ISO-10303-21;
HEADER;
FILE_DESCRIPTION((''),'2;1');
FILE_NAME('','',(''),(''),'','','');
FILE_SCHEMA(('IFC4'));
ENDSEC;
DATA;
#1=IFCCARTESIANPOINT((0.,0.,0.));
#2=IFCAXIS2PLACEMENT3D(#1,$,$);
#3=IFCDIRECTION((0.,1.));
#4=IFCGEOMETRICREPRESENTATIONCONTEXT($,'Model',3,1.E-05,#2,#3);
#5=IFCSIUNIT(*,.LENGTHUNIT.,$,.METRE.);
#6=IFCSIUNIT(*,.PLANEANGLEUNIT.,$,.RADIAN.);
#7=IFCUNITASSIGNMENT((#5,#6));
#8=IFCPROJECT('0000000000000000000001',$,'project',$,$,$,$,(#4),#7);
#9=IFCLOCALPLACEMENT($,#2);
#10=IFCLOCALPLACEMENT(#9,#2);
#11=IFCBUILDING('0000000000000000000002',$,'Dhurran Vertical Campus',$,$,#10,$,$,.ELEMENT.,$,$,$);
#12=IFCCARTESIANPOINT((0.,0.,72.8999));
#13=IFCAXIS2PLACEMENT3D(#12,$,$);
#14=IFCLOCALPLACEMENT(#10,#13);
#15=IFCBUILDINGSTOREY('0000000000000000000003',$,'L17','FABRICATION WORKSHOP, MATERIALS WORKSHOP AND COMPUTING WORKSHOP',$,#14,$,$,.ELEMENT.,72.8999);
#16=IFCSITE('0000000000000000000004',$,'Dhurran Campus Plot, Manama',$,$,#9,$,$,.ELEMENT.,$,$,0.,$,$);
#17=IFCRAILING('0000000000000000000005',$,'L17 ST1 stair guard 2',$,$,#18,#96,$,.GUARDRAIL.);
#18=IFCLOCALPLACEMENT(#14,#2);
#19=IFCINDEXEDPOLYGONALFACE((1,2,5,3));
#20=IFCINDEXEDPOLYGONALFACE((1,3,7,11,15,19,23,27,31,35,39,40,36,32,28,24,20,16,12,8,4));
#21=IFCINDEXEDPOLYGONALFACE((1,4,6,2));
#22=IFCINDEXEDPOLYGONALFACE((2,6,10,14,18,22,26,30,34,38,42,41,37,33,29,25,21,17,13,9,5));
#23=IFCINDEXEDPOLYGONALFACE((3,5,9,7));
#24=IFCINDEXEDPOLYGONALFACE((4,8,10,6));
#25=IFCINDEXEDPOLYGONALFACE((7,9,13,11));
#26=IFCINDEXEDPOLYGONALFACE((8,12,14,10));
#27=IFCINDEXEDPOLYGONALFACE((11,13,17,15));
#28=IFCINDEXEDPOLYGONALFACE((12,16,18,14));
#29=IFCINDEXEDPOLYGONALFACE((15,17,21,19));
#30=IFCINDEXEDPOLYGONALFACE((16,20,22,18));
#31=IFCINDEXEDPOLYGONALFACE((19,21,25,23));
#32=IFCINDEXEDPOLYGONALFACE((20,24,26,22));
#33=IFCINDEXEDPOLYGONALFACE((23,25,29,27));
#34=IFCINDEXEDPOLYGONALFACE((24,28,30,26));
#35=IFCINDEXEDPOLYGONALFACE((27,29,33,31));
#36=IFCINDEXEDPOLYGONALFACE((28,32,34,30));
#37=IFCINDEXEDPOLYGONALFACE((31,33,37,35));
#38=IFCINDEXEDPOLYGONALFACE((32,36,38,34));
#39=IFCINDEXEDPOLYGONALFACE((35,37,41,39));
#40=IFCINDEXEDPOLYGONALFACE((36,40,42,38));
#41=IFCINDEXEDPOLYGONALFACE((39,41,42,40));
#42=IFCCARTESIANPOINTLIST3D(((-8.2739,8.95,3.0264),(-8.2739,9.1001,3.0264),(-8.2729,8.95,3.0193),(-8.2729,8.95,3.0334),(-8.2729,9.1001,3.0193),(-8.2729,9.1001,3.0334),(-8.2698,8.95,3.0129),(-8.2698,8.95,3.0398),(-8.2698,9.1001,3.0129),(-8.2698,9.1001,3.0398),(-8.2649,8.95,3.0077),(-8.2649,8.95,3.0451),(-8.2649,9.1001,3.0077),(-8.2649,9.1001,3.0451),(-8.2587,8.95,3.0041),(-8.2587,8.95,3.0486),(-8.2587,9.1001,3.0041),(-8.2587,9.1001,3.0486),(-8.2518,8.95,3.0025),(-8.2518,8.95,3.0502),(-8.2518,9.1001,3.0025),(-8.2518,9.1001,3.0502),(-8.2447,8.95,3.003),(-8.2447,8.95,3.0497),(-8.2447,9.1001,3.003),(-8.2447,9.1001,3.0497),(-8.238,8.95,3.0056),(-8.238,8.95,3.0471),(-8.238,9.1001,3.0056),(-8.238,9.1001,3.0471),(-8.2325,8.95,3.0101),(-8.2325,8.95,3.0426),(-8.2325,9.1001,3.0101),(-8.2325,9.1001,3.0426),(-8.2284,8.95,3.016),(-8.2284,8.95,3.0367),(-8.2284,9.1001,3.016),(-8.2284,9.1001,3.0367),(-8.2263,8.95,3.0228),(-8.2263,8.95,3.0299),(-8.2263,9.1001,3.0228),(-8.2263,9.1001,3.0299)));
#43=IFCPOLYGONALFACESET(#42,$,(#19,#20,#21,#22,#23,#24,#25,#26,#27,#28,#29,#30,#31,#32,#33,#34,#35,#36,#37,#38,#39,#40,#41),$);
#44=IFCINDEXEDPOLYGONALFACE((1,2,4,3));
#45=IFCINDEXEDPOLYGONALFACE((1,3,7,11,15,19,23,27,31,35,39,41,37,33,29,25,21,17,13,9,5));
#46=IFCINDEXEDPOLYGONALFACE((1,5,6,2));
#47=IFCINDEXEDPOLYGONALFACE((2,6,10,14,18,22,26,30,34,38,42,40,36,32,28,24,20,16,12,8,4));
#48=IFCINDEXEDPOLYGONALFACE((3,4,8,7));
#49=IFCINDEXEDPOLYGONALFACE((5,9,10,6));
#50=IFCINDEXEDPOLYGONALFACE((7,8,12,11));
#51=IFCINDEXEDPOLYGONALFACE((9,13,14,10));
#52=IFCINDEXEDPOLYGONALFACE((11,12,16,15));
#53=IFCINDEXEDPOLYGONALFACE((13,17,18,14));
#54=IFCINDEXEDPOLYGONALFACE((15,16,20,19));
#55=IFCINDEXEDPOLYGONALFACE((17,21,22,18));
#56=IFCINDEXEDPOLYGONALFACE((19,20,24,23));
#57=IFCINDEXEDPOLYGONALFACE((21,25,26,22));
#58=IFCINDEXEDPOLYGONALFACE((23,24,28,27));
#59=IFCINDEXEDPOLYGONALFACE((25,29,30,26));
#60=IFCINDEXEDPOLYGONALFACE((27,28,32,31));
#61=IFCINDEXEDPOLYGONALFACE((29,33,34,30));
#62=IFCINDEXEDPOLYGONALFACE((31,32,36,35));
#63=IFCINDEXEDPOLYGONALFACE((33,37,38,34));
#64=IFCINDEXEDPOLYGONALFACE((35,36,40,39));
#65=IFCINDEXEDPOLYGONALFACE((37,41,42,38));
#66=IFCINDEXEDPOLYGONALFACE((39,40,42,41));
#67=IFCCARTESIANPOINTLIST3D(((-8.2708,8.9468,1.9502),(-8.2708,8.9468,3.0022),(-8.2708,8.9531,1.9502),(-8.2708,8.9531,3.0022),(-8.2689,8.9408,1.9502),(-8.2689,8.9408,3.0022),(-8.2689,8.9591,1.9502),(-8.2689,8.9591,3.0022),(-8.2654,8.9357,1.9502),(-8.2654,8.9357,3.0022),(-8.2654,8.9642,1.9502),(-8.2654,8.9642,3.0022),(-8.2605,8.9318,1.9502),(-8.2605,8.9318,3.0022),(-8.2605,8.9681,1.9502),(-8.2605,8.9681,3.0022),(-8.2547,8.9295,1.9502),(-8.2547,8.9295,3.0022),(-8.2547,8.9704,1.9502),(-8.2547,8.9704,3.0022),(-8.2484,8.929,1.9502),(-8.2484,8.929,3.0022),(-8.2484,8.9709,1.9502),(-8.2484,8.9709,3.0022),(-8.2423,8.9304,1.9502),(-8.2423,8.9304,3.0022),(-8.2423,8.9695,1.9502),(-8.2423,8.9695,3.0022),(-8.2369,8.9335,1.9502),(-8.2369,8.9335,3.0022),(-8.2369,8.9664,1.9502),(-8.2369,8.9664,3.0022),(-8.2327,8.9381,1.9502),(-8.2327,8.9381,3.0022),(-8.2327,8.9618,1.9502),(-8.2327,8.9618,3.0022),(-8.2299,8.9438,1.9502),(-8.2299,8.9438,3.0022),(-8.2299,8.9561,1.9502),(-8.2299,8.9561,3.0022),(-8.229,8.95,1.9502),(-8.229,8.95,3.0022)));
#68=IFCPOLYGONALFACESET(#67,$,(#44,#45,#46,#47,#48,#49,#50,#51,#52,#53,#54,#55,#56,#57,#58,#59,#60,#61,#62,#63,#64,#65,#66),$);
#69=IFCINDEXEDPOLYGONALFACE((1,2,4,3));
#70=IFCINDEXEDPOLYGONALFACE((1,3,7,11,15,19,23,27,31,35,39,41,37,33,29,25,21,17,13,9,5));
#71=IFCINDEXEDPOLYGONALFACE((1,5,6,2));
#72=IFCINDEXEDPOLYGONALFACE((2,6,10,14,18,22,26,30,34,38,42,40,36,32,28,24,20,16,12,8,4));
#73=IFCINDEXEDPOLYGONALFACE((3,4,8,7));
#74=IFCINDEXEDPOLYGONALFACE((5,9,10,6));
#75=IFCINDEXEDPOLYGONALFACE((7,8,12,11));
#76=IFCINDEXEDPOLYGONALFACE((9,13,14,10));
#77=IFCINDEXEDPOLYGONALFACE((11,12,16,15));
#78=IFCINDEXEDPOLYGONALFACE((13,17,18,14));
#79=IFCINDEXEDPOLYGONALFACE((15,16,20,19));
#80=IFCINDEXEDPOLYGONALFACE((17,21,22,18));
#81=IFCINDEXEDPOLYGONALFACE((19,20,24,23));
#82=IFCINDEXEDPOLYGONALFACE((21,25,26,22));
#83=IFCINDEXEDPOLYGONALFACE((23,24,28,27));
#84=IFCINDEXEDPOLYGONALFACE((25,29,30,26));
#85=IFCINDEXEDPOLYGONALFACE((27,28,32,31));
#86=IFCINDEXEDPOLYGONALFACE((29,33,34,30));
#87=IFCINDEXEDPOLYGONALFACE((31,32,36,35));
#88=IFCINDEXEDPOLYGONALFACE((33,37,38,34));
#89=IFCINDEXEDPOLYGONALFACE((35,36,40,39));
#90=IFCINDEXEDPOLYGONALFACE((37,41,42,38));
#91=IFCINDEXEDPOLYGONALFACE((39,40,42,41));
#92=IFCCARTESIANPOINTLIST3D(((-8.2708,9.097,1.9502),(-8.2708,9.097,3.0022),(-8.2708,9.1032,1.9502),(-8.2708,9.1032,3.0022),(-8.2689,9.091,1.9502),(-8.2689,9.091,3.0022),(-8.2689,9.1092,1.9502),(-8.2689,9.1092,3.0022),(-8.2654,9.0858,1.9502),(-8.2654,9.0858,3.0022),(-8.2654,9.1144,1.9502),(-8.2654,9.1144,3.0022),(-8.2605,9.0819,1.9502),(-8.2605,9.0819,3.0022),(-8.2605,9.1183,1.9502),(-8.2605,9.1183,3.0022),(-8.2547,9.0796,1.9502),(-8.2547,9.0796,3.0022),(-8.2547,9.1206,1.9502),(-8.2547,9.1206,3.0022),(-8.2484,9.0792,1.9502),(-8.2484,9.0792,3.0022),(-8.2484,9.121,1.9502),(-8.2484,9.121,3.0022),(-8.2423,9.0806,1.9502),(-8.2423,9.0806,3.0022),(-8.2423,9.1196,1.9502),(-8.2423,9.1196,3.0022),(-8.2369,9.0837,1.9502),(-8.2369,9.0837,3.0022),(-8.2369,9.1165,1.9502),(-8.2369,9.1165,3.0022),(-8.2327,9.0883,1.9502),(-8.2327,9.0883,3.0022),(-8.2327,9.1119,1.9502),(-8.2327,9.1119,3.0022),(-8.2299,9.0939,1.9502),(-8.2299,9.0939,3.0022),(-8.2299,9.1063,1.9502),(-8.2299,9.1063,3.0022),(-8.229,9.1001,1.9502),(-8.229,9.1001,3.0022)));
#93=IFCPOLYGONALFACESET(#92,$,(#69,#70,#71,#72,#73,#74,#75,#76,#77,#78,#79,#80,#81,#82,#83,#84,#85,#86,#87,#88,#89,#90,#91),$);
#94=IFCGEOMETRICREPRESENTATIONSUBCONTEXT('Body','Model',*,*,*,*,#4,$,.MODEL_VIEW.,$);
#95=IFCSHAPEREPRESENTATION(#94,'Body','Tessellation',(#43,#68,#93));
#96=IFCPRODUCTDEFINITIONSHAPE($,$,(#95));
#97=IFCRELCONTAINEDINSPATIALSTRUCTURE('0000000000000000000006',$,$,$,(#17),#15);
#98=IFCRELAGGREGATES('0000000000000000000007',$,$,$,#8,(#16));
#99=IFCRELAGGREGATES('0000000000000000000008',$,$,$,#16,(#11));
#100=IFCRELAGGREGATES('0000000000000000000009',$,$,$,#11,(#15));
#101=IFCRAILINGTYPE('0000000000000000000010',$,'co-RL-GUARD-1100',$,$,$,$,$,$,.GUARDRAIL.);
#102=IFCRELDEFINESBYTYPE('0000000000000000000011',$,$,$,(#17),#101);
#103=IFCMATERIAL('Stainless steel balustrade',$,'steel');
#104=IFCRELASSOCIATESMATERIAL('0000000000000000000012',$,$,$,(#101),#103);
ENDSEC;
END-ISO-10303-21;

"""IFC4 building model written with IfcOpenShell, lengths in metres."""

from ifc_helpers import new_model, si_unit, direction, frame, origin, origin_2d, place, context, subcontext, project, spatial, circle, extrude, material, type_object, element, save


model = new_model("IFC4")

# Units and contexts
model_context = context("Model", 3, precision=1e-05, world=origin(), true_north=direction((0.0, 1.0)))
body_context = subcontext(model_context, "Body", "Model", "MODEL_VIEW")
ifc_project = project(units=[si_unit("LENGTHUNIT", "METRE"), si_unit("PLANEANGLEUNIT", "RADIAN")], contexts=[model_context])

# Site, building, storey
site_placement = place(None, origin())
site = spatial("IfcSite", under=ifc_project, at=site_placement, Name="Dhurran Campus Plot, Manama", CompositionType="ELEMENT", RefElevation=0.0)
building_placement = place(site_placement, origin())
building = spatial("IfcBuilding", under=site, at=building_placement, Name="Dhurran Vertical Campus", CompositionType="ELEMENT")
storey_placement = place(building_placement, frame((0.0, 0.0, 72.8999)))
storey = spatial("IfcBuildingStorey", under=building, at=storey_placement, Name="L17", Description="FABRICATION WORKSHOP, MATERIALS WORKSHOP AND COMPUTING WORKSHOP", CompositionType="ELEMENT", Elevation=72.8999)

# Railing
ifc_material_1 = material(Name="Stainless steel balustrade", Category="steel")
railing_type_1 = type_object("IfcRailingType", Name="co-RL-GUARD-1100", PredefinedType="GUARDRAIL", material=ifc_material_1)
railing_1_placement = place(storey_placement, frame((-8.25, 8.95, 1.9502)))
element("IfcRailing", 1, at=railing_1_placement, inside=storey, type_object=railing_type_1, Name="L17 ST1 stair guard 2", PredefinedType="GUARDRAIL", context=body_context, shape_type="SweptSolid", body=[
    extrude(circle(Radius=0.0239, at=origin_2d()), frame((0.0, 0.0, 1.0762), z_axis=(0.0, 1.0, 0.0), x_axis=(-1.0, 0.0, 0.0)), (0.0, 0.0, 1.0), 0.1501),
    extrude(circle(Radius=0.021, at=origin_2d()), origin(), (0.0, 0.0, 1.0), 1.052),
    extrude(circle(Radius=0.021, at=origin_2d()), frame((0.0, 0.1501, 0.0)), (0.0, 0.0, 1.0), 1.052),
])

save(model, "model.ifc")
